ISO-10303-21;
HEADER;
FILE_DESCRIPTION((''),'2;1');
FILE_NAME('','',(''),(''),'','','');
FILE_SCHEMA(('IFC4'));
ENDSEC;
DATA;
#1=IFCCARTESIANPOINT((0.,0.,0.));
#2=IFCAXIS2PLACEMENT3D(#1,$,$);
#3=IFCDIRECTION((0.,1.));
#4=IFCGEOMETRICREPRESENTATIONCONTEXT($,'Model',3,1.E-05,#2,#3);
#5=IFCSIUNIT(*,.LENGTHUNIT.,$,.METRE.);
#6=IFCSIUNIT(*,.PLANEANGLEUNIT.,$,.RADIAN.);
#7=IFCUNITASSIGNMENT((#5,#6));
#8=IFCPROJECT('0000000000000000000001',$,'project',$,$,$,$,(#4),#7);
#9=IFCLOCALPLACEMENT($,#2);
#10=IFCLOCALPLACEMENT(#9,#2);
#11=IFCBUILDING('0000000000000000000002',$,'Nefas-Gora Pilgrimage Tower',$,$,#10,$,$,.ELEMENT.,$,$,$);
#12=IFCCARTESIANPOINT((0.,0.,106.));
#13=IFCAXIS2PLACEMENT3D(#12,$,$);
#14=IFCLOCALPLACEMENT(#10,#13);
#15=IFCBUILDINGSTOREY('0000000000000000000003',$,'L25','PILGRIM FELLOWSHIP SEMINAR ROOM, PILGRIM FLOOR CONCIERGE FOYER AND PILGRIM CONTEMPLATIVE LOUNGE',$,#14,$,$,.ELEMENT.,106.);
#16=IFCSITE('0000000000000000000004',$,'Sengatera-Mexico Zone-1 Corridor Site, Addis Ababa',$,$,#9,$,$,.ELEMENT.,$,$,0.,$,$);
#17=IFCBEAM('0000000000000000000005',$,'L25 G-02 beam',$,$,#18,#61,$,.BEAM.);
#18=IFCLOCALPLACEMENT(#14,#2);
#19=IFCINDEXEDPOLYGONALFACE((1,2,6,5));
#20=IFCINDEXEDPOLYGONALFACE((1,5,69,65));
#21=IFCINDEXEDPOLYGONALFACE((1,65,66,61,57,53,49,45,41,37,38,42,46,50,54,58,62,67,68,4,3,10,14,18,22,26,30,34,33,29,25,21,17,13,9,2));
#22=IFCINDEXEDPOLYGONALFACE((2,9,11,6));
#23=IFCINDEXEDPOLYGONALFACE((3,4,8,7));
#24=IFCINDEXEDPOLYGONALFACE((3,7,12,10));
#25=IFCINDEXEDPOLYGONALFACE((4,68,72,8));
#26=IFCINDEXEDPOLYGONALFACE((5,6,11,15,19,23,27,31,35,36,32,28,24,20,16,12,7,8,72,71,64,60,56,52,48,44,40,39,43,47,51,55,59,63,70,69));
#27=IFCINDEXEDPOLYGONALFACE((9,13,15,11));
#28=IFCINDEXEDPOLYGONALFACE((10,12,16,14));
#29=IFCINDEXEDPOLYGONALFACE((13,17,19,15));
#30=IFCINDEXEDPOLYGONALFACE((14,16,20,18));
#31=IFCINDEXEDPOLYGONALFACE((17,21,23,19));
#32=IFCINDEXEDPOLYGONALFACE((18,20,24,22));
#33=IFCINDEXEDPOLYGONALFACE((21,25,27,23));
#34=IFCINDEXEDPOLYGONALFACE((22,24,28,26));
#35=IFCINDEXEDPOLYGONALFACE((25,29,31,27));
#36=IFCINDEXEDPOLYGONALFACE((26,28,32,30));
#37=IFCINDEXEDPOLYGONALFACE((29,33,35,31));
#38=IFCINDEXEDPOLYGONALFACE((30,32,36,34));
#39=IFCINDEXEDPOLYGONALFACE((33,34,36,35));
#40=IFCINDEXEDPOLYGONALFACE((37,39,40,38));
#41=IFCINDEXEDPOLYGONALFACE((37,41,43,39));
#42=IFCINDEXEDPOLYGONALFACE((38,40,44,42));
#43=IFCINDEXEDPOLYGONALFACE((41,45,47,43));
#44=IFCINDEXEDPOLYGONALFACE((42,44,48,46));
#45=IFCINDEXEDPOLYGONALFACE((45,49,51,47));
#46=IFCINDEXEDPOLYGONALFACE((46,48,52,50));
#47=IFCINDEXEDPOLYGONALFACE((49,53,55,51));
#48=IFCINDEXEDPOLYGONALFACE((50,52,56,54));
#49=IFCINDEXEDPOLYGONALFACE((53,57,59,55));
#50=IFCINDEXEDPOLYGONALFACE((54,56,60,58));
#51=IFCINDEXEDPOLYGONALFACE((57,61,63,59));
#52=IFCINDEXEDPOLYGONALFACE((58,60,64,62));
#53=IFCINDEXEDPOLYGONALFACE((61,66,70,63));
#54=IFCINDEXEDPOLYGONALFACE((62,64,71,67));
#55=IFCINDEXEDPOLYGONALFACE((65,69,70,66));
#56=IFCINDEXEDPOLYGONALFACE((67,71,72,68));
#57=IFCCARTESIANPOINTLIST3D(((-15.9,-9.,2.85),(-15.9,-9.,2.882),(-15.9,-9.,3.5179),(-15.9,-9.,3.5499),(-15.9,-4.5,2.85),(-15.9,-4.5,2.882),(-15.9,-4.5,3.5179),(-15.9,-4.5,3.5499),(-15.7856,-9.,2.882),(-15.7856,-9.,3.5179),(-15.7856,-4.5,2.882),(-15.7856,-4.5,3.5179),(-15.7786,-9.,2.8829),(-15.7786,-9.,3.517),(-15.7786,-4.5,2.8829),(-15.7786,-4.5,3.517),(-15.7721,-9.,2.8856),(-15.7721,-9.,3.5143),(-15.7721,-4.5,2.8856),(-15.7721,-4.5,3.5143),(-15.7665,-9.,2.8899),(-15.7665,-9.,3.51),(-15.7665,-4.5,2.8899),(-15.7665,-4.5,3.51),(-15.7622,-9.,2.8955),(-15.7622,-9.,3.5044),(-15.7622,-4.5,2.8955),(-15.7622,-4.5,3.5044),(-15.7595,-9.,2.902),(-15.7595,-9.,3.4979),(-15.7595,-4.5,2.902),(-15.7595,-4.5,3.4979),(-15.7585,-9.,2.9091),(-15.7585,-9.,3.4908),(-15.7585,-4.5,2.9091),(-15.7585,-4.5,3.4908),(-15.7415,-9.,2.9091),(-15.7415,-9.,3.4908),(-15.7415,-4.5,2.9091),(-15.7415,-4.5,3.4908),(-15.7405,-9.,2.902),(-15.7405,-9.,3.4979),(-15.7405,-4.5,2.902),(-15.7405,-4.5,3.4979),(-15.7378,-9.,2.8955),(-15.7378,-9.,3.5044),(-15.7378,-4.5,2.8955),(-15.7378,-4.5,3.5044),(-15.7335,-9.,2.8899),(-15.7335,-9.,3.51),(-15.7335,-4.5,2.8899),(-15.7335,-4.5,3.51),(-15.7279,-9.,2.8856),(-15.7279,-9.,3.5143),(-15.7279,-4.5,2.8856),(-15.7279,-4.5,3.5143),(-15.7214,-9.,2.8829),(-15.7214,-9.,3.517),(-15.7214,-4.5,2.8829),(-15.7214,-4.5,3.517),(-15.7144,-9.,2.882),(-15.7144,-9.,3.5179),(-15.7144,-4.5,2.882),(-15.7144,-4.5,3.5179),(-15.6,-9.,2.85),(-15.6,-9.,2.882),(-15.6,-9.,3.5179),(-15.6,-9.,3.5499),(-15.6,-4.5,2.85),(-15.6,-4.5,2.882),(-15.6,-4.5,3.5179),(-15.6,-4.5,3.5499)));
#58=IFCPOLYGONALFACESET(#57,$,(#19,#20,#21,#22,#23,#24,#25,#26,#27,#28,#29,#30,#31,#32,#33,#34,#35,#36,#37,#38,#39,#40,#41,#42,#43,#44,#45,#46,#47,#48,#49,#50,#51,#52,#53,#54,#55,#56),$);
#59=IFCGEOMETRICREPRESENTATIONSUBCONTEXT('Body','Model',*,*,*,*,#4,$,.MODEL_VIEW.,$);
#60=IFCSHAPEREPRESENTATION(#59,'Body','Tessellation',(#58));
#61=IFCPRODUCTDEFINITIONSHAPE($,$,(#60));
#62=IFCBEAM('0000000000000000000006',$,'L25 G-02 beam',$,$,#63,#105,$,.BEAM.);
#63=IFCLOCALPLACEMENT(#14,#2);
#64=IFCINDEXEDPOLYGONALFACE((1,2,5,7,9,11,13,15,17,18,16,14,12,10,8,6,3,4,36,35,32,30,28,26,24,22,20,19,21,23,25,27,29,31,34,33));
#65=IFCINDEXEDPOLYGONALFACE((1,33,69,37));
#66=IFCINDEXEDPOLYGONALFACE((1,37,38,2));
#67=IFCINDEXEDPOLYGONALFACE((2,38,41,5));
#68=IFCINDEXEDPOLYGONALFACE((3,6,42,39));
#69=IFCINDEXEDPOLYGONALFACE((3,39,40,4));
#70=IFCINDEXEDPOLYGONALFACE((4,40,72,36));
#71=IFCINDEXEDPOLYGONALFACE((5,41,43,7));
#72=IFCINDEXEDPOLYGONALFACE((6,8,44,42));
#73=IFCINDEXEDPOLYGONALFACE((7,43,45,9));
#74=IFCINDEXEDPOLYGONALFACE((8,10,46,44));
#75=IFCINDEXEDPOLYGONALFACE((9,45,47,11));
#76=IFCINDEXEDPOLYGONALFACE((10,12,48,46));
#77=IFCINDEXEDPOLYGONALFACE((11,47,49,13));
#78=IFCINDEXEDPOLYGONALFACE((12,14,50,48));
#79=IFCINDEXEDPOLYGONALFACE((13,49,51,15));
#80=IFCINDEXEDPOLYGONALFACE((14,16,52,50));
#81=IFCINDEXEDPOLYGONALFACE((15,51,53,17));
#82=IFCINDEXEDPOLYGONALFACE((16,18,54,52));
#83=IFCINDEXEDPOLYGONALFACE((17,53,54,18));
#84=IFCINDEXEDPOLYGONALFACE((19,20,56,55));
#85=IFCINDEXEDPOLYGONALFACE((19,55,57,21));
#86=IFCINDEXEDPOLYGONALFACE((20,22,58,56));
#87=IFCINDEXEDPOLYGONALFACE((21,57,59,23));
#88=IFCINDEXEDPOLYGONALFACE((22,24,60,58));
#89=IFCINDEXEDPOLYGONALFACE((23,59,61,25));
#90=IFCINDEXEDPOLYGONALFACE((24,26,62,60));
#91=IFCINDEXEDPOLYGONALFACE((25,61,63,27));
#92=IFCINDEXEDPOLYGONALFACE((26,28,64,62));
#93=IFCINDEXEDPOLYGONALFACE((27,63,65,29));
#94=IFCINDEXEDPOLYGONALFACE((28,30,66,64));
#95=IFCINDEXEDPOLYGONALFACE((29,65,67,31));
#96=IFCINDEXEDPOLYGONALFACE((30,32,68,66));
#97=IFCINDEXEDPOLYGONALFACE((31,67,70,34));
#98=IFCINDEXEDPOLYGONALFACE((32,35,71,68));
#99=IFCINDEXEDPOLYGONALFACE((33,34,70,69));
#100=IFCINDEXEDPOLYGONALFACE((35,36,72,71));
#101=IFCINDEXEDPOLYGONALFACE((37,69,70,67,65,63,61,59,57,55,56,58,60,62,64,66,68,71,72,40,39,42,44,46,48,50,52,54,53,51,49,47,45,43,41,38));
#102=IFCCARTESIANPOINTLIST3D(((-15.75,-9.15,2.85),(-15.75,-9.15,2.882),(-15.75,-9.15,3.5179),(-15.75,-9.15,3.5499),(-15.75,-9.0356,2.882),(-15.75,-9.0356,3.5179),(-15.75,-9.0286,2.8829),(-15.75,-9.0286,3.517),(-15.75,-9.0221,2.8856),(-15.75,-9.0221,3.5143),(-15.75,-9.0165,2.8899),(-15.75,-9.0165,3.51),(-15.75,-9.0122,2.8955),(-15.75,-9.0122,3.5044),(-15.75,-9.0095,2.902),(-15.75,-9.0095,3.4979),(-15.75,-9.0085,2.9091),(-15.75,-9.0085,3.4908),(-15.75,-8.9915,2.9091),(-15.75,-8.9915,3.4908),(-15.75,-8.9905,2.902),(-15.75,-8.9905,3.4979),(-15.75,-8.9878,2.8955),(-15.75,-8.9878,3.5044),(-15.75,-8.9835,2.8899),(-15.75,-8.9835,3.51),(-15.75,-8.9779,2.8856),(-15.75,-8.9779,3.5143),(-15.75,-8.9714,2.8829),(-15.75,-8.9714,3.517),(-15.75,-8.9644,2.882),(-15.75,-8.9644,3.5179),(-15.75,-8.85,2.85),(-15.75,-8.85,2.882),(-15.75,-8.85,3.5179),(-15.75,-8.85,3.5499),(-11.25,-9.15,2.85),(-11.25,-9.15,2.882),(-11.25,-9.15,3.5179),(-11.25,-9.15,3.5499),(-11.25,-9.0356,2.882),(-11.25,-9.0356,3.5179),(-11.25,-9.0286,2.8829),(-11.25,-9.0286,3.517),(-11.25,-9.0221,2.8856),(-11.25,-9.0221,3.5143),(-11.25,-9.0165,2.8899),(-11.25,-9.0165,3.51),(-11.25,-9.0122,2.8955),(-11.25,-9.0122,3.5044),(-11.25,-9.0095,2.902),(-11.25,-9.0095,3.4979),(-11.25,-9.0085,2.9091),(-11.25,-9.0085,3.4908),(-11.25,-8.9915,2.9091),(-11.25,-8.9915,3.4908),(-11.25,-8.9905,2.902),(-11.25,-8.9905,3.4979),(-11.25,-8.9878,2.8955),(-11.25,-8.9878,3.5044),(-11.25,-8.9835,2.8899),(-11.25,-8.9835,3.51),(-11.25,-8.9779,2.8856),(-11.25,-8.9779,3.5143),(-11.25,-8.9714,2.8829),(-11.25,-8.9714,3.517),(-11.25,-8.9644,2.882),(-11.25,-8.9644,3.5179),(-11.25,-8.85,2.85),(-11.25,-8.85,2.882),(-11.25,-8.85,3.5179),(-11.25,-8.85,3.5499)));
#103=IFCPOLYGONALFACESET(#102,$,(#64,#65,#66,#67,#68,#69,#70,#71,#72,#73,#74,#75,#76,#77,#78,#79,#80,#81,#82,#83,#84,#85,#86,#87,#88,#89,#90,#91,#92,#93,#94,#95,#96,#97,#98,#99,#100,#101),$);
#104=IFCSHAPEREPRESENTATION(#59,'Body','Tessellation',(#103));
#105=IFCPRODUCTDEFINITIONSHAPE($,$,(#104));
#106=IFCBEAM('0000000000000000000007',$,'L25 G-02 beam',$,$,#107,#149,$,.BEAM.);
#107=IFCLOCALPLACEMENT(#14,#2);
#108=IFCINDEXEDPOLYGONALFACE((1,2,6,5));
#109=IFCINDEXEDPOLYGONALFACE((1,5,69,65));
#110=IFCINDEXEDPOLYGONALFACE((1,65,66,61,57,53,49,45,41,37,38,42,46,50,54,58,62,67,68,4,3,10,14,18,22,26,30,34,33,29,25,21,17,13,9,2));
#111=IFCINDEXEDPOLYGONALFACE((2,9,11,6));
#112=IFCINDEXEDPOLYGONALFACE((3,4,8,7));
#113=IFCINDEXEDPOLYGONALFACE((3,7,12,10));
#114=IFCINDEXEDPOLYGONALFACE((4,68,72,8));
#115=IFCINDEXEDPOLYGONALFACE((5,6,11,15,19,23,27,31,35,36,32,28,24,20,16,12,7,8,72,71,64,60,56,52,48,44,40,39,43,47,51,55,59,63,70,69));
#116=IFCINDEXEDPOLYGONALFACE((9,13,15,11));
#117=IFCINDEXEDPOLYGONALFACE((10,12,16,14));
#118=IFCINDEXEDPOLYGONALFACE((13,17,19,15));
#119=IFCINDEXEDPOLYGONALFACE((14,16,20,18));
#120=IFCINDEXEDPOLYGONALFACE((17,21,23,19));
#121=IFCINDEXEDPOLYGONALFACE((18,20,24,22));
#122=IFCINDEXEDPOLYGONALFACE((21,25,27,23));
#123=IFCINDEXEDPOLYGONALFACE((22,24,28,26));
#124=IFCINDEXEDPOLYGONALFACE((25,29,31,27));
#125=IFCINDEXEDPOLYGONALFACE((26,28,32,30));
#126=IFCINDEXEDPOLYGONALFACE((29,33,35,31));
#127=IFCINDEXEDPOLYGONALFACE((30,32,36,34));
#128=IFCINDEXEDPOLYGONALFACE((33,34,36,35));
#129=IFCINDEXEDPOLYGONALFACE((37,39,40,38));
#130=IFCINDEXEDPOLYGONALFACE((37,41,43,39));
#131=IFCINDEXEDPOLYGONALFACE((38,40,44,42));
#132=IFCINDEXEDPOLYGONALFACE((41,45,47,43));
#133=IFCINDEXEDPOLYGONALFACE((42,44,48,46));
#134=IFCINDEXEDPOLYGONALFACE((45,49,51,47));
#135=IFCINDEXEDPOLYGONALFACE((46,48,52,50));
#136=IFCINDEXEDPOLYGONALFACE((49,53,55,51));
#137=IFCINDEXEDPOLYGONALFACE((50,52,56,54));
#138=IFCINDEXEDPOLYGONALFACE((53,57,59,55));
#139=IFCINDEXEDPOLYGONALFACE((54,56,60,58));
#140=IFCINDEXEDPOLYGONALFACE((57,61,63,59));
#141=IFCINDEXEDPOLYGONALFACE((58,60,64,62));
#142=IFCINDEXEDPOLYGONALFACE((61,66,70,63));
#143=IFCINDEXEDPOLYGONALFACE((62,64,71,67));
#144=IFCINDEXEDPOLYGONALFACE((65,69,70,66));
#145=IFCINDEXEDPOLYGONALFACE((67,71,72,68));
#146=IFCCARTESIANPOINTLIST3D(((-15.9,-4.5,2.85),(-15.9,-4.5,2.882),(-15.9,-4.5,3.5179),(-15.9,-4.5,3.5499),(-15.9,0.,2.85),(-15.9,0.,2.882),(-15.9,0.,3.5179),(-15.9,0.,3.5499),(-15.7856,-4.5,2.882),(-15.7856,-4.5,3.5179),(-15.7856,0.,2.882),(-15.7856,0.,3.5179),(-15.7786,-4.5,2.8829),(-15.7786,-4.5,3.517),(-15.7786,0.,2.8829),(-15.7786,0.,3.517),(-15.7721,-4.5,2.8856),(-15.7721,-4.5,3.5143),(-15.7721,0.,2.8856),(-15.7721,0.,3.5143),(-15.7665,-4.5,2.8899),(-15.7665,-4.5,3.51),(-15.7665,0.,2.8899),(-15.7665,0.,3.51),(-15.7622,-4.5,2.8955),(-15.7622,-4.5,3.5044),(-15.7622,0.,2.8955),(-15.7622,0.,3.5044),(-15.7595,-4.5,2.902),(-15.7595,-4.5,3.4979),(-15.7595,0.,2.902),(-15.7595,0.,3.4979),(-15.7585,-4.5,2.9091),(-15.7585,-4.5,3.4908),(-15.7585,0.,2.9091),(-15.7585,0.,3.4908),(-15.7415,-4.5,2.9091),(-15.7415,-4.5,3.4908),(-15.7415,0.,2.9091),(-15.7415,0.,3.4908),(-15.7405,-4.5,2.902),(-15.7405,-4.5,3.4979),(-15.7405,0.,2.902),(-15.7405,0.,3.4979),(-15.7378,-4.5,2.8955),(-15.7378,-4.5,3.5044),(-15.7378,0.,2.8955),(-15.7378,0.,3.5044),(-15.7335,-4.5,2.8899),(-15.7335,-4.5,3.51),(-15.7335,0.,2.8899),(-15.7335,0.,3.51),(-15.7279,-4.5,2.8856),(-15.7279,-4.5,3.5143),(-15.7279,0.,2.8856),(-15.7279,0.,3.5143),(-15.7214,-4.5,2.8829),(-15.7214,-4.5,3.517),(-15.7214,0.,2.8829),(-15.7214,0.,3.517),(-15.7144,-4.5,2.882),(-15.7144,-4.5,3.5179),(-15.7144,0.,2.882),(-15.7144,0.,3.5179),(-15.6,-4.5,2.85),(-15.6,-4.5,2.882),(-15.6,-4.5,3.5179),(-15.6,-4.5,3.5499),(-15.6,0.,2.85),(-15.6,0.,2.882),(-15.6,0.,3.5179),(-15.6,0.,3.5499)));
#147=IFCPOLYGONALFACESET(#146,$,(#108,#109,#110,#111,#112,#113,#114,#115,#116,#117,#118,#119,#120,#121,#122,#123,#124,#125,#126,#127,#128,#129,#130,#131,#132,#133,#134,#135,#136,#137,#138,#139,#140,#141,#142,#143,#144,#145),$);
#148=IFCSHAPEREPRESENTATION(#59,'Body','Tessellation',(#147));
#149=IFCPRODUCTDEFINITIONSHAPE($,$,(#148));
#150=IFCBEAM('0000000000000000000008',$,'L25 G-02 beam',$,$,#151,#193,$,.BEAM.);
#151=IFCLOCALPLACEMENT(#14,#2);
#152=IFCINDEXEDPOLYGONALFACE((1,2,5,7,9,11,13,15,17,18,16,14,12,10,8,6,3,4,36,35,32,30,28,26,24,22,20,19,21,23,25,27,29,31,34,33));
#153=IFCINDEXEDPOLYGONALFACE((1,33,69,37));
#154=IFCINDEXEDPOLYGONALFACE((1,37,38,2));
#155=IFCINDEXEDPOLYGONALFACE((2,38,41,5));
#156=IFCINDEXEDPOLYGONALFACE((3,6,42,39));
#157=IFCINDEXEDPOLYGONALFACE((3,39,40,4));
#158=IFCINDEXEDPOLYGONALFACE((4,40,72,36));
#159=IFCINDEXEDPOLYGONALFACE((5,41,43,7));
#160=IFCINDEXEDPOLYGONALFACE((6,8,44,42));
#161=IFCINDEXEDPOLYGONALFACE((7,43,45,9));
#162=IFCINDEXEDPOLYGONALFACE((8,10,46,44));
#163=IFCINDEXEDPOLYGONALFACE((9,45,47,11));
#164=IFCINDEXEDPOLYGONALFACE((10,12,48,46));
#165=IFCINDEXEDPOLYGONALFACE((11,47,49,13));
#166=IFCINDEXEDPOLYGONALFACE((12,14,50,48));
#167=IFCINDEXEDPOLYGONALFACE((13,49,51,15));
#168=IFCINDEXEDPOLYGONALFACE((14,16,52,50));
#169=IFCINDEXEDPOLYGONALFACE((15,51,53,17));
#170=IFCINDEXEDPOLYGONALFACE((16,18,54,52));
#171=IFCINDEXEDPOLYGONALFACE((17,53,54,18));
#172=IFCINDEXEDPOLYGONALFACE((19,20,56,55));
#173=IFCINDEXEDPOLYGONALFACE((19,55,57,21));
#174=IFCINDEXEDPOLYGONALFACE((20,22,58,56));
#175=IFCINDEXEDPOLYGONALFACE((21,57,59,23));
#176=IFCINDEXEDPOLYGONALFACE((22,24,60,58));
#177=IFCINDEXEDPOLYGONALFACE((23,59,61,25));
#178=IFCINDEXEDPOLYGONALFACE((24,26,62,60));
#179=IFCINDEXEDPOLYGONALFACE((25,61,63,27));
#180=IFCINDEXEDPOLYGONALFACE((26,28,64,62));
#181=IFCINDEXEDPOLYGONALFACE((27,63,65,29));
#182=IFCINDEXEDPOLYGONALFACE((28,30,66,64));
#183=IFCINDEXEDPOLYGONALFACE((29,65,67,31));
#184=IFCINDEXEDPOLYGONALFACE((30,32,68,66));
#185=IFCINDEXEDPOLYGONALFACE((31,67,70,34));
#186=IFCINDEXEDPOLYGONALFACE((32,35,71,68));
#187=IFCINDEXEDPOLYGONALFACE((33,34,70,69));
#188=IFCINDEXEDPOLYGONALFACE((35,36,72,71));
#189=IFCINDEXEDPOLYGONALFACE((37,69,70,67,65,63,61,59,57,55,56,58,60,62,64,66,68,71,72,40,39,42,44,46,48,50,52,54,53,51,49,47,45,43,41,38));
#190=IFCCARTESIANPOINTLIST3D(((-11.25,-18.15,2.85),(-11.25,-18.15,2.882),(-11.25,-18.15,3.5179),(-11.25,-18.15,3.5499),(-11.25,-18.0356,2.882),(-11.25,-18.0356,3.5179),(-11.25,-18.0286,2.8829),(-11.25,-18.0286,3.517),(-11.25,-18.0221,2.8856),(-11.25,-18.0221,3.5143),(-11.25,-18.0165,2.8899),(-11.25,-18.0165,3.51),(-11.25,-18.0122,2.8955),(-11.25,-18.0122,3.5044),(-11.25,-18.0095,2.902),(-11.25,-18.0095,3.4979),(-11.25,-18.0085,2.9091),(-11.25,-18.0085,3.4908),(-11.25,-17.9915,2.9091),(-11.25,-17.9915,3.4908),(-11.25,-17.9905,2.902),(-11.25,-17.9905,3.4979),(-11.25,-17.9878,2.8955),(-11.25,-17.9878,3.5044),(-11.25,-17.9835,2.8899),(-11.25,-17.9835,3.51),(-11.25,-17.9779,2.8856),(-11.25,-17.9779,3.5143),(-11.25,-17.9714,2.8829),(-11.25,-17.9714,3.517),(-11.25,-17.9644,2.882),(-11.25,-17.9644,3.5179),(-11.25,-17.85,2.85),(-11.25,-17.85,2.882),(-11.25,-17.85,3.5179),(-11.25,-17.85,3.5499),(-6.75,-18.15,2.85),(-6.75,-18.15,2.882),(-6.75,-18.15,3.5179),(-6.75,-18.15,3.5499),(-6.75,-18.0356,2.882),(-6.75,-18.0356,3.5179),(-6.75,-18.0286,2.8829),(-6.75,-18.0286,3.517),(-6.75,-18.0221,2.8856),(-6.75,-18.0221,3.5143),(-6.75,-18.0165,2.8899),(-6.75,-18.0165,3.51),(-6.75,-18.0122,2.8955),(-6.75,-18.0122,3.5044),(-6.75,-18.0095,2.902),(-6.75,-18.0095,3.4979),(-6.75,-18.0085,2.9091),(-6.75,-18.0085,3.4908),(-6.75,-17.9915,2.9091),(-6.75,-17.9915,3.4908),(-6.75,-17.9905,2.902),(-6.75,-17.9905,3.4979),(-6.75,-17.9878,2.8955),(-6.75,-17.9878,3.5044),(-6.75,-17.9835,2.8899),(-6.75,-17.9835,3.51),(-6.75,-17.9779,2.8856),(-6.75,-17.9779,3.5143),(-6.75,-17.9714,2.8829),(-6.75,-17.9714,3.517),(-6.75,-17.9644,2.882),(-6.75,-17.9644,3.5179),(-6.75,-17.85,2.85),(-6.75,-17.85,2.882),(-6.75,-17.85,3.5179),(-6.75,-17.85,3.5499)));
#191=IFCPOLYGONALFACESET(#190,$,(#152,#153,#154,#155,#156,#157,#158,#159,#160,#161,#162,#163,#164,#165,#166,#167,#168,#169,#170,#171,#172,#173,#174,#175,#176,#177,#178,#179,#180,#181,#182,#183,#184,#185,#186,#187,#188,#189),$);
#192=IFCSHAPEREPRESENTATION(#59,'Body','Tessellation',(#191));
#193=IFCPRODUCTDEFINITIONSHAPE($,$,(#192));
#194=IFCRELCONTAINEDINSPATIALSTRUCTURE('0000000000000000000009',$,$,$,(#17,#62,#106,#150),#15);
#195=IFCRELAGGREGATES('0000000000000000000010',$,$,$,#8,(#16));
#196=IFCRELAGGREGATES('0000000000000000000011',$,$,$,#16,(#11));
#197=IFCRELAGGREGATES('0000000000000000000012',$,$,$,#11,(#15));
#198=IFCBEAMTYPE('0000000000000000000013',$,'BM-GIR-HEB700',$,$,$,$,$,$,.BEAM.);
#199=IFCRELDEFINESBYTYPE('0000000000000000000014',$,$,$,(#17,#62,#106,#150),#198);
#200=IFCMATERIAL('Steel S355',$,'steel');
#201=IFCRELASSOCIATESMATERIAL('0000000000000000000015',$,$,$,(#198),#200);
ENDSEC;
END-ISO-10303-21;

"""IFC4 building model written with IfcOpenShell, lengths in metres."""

from ifc_helpers import new_model, si_unit, direction, frame, origin, origin_2d, place, context, subcontext, project, spatial, i_section, extrude, source, transform, mapped, material, material_profile, profile_set, type_object, element, save


model = new_model("IFC4")

# Units and contexts
model_context = context("Model", 3, precision=1e-05, world=origin(), true_north=direction((0.0, 1.0)))
body_context = subcontext(model_context, "Body", "Model", "MODEL_VIEW")
ifc_project = project(units=[si_unit("LENGTHUNIT", "METRE"), si_unit("PLANEANGLEUNIT", "RADIAN")], contexts=[model_context])

# Site, building, storey
site_placement = place(None, origin())
site = spatial("IfcSite", under=ifc_project, at=site_placement, Name="Sengatera-Mexico Zone-1 Corridor Site, Addis Ababa", CompositionType="ELEMENT", RefElevation=0.0)
building_placement = place(site_placement, origin())
building = spatial("IfcBuilding", under=site, at=building_placement, Name="Nefas-Gora Pilgrimage Tower", CompositionType="ELEMENT")
storey_placement = place(building_placement, frame((0.0, 0.0, 106.0)))
storey = spatial("IfcBuildingStorey", under=building, at=storey_placement, Name="L25", Description="PILGRIM FELLOWSHIP SEMINAR ROOM, PILGRIM FLOOR CONCIERGE FOYER AND PILGRIM CONTEMPLATIVE LOUNGE", CompositionType="ELEMENT", Elevation=106.0)

# Beams
ifc_material_1 = material(Name="Steel S355", Category="steel")
ifc_material_profile_1 = material_profile(ifc_material_1, i_section(OverallWidth=0.3, OverallDepth=0.7, WebThickness=0.0171, FlangeThickness=0.032, FilletRadius=0.0271, at=origin_2d()), Name="HEB 700")
ifc_profile_set_1 = profile_set([ifc_material_profile_1], Name="Steel S355")
beam_type = type_object("IfcBeamType", Name="BM-GIR-HEB700", PredefinedType="BEAM", material=ifc_profile_set_1)
shared_shape_1 = source(origin(), body_context, "Body", "SweptSolid", [
    extrude(i_section(OverallWidth=0.3, OverallDepth=0.7, WebThickness=0.0171, FlangeThickness=0.032, FilletRadius=0.0271, at=origin_2d()), origin(), (0.0, 0.0, 1.0), 4.5),
])
for number, where, z_axis, x_axis, name in (
    (1, (-15.75, -9.0, 3.2), (0.0, 1.0, 0.0), (-1.0, 0.0, 0.0), "L25 G-02 beam"),
    (2, (-15.75, -9.0, 3.2), (1.0, 0.0, 0.0), (0.0, 1.0, 0.0), "L25 G-02 beam"),
    (3, (-15.75, -4.5, 3.2), (0.0, 1.0, 0.0), (-1.0, 0.0, 0.0), "L25 G-02 beam"),
    (4, (-11.25, -18.0, 3.2), (1.0, 0.0, 0.0), (0.0, 1.0, 0.0), "L25 G-02 beam"),
):
    element("IfcBeam", number, at=place(storey_placement, frame(where, z_axis=z_axis, x_axis=x_axis)), inside=storey, type_object=beam_type, Name=name, PredefinedType="BEAM", context=body_context, shape_type="MappedRepresentation", body=[
        mapped(shared_shape_1, transform((0.0, 0.0, 0.0), x_axis=(1.0, 0.0, 0.0), y_axis=(0.0, 1.0, 0.0), z_axis=(0.0, 0.0, 1.0), scale=1.0)),
    ])

save(model, "model.ifc")
